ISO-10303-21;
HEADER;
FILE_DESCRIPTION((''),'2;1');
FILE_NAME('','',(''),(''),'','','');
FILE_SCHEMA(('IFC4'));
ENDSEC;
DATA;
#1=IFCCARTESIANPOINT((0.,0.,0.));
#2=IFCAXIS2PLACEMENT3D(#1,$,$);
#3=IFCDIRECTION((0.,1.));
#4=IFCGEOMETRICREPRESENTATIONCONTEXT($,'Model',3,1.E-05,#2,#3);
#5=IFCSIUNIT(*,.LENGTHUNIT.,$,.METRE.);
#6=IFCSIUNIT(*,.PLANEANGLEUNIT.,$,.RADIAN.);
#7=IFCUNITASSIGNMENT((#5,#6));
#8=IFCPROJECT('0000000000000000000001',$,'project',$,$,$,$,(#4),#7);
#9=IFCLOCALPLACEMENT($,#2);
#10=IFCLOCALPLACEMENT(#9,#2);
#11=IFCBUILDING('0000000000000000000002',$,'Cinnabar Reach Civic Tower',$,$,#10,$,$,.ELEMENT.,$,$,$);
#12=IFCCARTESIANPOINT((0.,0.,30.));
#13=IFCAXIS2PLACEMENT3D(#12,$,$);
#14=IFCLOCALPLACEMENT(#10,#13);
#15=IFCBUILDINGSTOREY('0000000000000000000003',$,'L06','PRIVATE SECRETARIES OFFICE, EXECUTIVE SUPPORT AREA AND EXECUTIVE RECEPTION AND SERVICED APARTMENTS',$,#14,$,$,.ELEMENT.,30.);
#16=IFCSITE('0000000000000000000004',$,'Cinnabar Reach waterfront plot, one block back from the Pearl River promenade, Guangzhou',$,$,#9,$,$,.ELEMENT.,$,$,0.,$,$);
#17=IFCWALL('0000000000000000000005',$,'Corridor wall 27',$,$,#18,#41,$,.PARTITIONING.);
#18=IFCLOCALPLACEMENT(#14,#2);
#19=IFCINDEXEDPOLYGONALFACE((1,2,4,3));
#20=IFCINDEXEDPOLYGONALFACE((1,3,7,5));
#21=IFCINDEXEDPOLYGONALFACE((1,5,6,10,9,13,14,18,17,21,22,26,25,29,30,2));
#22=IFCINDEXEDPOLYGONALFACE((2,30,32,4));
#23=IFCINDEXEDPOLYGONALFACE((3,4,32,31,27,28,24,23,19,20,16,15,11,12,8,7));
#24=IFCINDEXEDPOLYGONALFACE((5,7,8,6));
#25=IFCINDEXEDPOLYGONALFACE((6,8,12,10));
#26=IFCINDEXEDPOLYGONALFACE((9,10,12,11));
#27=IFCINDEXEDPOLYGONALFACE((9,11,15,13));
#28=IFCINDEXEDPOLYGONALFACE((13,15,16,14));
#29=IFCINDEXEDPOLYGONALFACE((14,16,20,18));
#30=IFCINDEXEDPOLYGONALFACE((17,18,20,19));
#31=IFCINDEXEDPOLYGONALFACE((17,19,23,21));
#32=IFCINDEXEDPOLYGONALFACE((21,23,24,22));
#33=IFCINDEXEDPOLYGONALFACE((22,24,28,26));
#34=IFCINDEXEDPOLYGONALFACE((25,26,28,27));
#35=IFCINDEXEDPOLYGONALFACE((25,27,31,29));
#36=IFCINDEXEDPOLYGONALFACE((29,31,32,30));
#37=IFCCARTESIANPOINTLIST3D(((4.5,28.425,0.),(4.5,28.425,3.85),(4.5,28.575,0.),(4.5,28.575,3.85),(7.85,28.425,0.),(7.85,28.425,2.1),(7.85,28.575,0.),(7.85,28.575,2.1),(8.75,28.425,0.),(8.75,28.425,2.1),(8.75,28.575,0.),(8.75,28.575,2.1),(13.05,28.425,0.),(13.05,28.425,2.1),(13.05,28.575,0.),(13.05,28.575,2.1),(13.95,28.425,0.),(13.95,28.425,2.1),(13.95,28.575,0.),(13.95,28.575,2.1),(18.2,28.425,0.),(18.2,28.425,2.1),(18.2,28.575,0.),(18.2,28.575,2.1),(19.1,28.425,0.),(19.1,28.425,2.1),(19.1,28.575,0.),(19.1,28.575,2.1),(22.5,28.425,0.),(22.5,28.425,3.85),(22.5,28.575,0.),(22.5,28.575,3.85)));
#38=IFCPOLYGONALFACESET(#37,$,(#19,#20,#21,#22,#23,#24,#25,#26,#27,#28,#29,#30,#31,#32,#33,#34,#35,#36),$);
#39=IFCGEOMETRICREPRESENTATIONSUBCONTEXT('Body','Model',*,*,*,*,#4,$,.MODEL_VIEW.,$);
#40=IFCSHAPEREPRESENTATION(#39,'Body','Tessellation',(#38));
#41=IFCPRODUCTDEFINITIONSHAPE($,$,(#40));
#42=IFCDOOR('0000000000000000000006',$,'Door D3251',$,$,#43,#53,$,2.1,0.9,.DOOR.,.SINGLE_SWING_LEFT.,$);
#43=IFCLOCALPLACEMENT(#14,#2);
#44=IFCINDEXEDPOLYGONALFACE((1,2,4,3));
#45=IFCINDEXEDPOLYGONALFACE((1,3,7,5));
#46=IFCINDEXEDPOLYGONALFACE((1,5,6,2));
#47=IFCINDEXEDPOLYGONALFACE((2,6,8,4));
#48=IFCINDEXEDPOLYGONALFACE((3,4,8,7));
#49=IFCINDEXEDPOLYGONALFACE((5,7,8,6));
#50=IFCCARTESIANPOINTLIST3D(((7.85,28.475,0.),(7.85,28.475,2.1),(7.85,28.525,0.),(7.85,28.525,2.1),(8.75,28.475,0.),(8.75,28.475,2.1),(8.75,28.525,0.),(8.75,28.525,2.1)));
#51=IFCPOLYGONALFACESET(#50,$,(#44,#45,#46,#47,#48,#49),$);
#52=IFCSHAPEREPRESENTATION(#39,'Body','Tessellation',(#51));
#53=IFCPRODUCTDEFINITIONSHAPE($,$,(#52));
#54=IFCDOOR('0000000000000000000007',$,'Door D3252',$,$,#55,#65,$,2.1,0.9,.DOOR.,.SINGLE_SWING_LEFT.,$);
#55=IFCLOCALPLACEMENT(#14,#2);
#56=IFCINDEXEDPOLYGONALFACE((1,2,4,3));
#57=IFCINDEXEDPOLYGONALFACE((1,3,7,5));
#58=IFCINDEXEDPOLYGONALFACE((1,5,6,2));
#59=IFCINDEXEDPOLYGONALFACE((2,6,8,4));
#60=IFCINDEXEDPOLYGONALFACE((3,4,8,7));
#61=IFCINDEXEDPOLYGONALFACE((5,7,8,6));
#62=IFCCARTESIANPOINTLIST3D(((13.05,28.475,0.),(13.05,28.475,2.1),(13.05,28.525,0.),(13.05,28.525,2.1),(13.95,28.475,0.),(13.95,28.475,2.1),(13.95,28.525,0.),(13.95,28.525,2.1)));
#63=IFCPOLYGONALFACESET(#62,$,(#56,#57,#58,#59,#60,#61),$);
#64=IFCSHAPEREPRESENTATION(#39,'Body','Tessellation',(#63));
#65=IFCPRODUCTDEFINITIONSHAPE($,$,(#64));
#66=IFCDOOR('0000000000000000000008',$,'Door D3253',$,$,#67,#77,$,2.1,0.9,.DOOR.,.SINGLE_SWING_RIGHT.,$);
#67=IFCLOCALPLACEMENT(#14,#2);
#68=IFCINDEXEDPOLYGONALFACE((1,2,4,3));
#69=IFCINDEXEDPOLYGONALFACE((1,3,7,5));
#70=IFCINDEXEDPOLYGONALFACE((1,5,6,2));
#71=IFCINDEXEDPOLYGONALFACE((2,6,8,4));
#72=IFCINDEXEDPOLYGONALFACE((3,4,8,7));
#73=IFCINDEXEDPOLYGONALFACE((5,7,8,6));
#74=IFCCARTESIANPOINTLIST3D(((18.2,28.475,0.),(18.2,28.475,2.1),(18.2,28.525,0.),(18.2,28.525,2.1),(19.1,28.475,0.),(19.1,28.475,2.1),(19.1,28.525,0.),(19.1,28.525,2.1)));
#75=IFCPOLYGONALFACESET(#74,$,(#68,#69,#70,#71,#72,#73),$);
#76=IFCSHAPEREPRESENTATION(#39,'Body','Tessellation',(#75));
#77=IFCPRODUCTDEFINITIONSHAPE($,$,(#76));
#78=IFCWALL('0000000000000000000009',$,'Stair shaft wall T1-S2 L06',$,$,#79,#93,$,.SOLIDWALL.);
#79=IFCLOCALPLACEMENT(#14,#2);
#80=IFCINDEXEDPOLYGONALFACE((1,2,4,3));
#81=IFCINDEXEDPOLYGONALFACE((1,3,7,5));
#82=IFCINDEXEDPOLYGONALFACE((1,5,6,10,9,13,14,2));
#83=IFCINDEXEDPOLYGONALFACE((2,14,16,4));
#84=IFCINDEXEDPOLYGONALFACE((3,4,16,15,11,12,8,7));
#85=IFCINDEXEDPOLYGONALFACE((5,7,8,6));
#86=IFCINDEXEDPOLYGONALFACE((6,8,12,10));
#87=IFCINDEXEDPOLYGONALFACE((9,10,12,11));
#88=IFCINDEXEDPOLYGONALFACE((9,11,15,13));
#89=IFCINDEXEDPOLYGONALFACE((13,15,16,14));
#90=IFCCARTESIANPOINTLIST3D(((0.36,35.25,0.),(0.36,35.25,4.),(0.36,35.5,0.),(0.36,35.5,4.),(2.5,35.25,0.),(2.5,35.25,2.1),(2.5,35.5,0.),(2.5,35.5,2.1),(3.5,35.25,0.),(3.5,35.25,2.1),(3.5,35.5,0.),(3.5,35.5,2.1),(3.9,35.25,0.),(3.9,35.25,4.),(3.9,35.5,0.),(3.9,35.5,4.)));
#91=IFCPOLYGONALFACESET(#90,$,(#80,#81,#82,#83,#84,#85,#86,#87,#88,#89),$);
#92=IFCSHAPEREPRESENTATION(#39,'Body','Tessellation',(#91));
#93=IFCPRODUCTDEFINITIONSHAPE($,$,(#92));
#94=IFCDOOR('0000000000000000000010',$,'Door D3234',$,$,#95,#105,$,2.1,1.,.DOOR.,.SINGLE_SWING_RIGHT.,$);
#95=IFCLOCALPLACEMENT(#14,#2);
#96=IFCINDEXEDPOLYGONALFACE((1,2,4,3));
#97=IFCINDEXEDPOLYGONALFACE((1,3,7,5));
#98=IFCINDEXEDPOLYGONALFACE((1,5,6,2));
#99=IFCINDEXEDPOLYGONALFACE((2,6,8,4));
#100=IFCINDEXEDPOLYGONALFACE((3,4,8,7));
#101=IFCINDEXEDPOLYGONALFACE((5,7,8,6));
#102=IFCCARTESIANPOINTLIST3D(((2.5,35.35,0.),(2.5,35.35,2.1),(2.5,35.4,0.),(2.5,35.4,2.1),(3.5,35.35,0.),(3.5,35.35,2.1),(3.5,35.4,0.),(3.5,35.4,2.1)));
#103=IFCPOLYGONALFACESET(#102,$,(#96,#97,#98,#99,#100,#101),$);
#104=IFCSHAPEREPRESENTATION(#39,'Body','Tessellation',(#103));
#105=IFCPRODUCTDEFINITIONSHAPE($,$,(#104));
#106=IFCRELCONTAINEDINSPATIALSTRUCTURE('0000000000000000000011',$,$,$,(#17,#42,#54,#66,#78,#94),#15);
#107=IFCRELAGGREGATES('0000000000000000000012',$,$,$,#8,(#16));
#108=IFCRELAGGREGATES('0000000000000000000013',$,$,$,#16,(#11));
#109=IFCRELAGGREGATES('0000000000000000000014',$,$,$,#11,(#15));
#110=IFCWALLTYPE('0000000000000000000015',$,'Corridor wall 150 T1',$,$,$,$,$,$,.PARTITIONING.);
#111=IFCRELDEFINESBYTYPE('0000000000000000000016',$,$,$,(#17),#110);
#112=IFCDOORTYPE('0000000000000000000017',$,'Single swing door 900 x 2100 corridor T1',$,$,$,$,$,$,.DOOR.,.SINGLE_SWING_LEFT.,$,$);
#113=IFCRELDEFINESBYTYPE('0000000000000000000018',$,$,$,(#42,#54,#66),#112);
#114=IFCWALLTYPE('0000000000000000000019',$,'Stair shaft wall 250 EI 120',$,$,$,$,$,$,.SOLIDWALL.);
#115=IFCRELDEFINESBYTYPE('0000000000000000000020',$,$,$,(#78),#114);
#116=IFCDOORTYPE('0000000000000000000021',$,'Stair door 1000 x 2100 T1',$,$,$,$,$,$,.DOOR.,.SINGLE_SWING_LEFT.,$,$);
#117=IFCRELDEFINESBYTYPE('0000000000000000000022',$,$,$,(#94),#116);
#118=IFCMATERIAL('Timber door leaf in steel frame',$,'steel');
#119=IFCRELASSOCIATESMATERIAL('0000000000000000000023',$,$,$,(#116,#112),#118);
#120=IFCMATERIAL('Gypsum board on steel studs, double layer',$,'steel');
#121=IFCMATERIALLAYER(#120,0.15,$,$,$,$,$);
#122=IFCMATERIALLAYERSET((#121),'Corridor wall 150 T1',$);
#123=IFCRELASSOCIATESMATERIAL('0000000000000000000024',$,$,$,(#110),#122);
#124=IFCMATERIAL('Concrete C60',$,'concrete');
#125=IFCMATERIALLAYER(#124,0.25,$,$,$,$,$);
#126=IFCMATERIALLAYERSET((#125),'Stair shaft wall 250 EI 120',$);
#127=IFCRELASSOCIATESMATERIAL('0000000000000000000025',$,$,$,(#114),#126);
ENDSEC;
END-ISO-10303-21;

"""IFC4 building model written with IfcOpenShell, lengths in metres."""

from ifc_helpers import new_model, si_unit, direction, frame, frame_2d, origin, place, context, subcontext, project, spatial, rectangle, extrude, material, layer, layer_set, type_object, element, fill, save


model = new_model("IFC4")

# Units and contexts
model_context = context("Model", 3, precision=1e-05, world=origin(), true_north=direction((0.0, 1.0)))
body_context = subcontext(model_context, "Body", "Model", "MODEL_VIEW")
ifc_project = project(units=[si_unit("LENGTHUNIT", "METRE"), si_unit("PLANEANGLEUNIT", "RADIAN")], contexts=[model_context])

# Site, building, storey
site_placement = place(None, origin())
site = spatial("IfcSite", under=ifc_project, at=site_placement, Name="Cinnabar Reach waterfront plot, one block back from the Pearl River promenade, Guangzhou", CompositionType="ELEMENT", RefElevation=0.0)
building_placement = place(site_placement, origin())
building = spatial("IfcBuilding", under=site, at=building_placement, Name="Cinnabar Reach Civic Tower", CompositionType="ELEMENT")
storey_placement = place(building_placement, frame((0.0, 0.0, 30.0)))
storey = spatial("IfcBuildingStorey", under=building, at=storey_placement, Name="L06", Description="PRIVATE SECRETARIES OFFICE, EXECUTIVE SUPPORT AREA AND EXECUTIVE RECEPTION AND SERVICED APARTMENTS", CompositionType="ELEMENT", Elevation=30.0)

# Shared definitions
ifc_material_1 = material(Name="Concrete C60", Category="concrete")

# Shared definitions
ifc_material_2 = material(Name="Timber door leaf in steel frame", Category="steel")
door_type_1 = type_object("IfcDoorType", Name="Stair door 1000 x 2100 T1", OperationType="SINGLE_SWING_LEFT", PredefinedType="DOOR", material=ifc_material_2)

# Wall, openings, doors
ifc_material_3 = material(Name="Gypsum board on steel studs, double layer", Category="steel")
ifc_layer_1 = layer(ifc_material_3, 0.15)
ifc_layer_set_1 = layer_set([ifc_layer_1], Name="Corridor wall 150 T1")
wall_type_1 = type_object("IfcWallType", Name="Corridor wall 150 T1", PredefinedType="PARTITIONING", material=ifc_layer_set_1)
wall_1_placement = place(storey_placement, frame((4.5, 28.5, 0.0), z_axis=(0.0, 0.0, 1.0), x_axis=(1.0, 0.0, 0.0)))
wall_1 = element("IfcWall", 1, at=wall_1_placement, inside=storey, type_object=wall_type_1, Name="Corridor wall 27", PredefinedType="PARTITIONING", context=body_context, shape_type="SweptSolid", body=[
    extrude(rectangle(XDim=18.0, YDim=0.15, at=frame_2d((9.0, 0.0))), origin(), (0.0, 0.0, 1.0), 3.85),
])
opening_1_placement = place(wall_1_placement, frame((3.35, 0.0, 0.0)))
opening_1 = element("IfcOpeningElement", 2, at=opening_1_placement, cuts=wall_1, PredefinedType="OPENING", context=body_context, shape_type="SweptSolid", body=[
    extrude(rectangle(XDim=0.9, YDim=2.1, at=frame_2d((0.45, 1.05))), frame((0.0, 0.085, 0.0), z_axis=(0.0, -1.0, 0.0), x_axis=(1.0, 0.0, 0.0)), (0.0, 0.0, 1.0), 0.17),
])
opening_2_placement = place(wall_1_placement, frame((8.55, 0.0, 0.0)))
opening_2 = element("IfcOpeningElement", 3, at=opening_2_placement, cuts=wall_1, PredefinedType="OPENING", context=body_context, shape_type="SweptSolid", body=[
    extrude(rectangle(XDim=0.9, YDim=2.1, at=frame_2d((0.45, 1.05))), frame((0.0, 0.085, 0.0), z_axis=(0.0, -1.0, 0.0), x_axis=(1.0, 0.0, 0.0)), (0.0, 0.0, 1.0), 0.17),
])
opening_3_placement = place(wall_1_placement, frame((13.7, 0.0, 0.0)))
opening_3 = element("IfcOpeningElement", 4, at=opening_3_placement, cuts=wall_1, PredefinedType="OPENING", context=body_context, shape_type="SweptSolid", body=[
    extrude(rectangle(XDim=0.9, YDim=2.1, at=frame_2d((0.45, 1.05))), frame((0.0, 0.085, 0.0), z_axis=(0.0, -1.0, 0.0), x_axis=(1.0, 0.0, 0.0)), (0.0, 0.0, 1.0), 0.17),
])
door_type_2 = type_object("IfcDoorType", Name="Single swing door 900 x 2100 corridor T1", OperationType="SINGLE_SWING_LEFT", PredefinedType="DOOR", material=ifc_material_2)
door_1_placement = place(opening_1_placement, origin())
door_1 = element("IfcDoor", 5, at=door_1_placement, inside=storey, type_object=door_type_2, Name="Door D3251", OperationType="SINGLE_SWING_LEFT", OverallHeight=2.1, OverallWidth=0.9, PredefinedType="DOOR", context=body_context, shape_type="SweptSolid", body=[
    extrude(rectangle(XDim=0.9, YDim=2.1, at=frame_2d((0.45, 1.05))), frame((0.0, 0.025, 0.0), z_axis=(0.0, -1.0, 0.0), x_axis=(1.0, 0.0, 0.0)), (0.0, 0.0, 1.0), 0.05),
])
fill(opening_1, door_1)
door_2_placement = place(opening_2_placement, origin())
door_2 = element("IfcDoor", 6, at=door_2_placement, inside=storey, type_object=door_type_2, Name="Door D3252", OperationType="SINGLE_SWING_LEFT", OverallHeight=2.1, OverallWidth=0.9, PredefinedType="DOOR", context=body_context, shape_type="SweptSolid", body=[
    extrude(rectangle(XDim=0.9, YDim=2.1, at=frame_2d((0.45, 1.05))), frame((0.0, 0.025, 0.0), z_axis=(0.0, -1.0, 0.0), x_axis=(1.0, 0.0, 0.0)), (0.0, 0.0, 1.0), 0.05),
])
fill(opening_2, door_2)
door_3_placement = place(opening_3_placement, origin())
door_3 = element("IfcDoor", 7, at=door_3_placement, inside=storey, type_object=door_type_2, Name="Door D3253", OperationType="SINGLE_SWING_RIGHT", OverallHeight=2.1, OverallWidth=0.9, PredefinedType="DOOR", context=body_context, shape_type="SweptSolid", body=[
    extrude(rectangle(XDim=0.9, YDim=2.1, at=frame_2d((0.45, 1.05))), frame((0.0, 0.025, 0.0), z_axis=(0.0, -1.0, 0.0), x_axis=(1.0, 0.0, 0.0)), (0.0, 0.0, 1.0), 0.05),
])
fill(opening_3, door_3)

# Wall, opening, door
ifc_layer_2 = layer(ifc_material_1, 0.25)
ifc_layer_set_2 = layer_set([ifc_layer_2], Name="Stair shaft wall 250 EI 120")
wall_type_2 = type_object("IfcWallType", Name="Stair shaft wall 250 EI 120", PredefinedType="SOLIDWALL", material=ifc_layer_set_2)
wall_2_placement = place(storey_placement, frame((0.36, 35.375, 0.0), z_axis=(0.0, 0.0, 1.0), x_axis=(1.0, 0.0, 0.0)))
wall_2 = element("IfcWall", 8, at=wall_2_placement, inside=storey, type_object=wall_type_2, Name="Stair shaft wall T1-S2 L06", PredefinedType="SOLIDWALL", context=body_context, shape_type="SweptSolid", body=[
    extrude(rectangle(XDim=3.54, YDim=0.25, at=frame_2d((1.77, 0.0))), origin(), (0.0, 0.0, 1.0), 4.0),
])
opening_4_placement = place(wall_2_placement, frame((2.14, 0.0, 0.0)))
opening_4 = element("IfcOpeningElement", 9, at=opening_4_placement, cuts=wall_2, PredefinedType="OPENING", context=body_context, shape_type="SweptSolid", body=[
    extrude(rectangle(XDim=1.0, YDim=2.1, at=frame_2d((0.5, 1.05))), frame((0.0, 0.135, 0.0), z_axis=(0.0, -1.0, 0.0), x_axis=(1.0, 0.0, 0.0)), (0.0, 0.0, 1.0), 0.27),
])
door_4_placement = place(opening_4_placement, origin())
door_4 = element("IfcDoor", 10, at=door_4_placement, inside=storey, type_object=door_type_1, Name="Door D3234", OperationType="SINGLE_SWING_RIGHT", OverallHeight=2.1, OverallWidth=1.0, PredefinedType="DOOR", context=body_context, shape_type="SweptSolid", body=[
    extrude(rectangle(XDim=1.0, YDim=2.1, at=frame_2d((0.5, 1.05))), frame((0.0, 0.025, 0.0), z_axis=(0.0, -1.0, 0.0), x_axis=(1.0, 0.0, 0.0)), (0.0, 0.0, 1.0), 0.05),
])
fill(opening_4, door_4)

save(model, "model.ifc")
